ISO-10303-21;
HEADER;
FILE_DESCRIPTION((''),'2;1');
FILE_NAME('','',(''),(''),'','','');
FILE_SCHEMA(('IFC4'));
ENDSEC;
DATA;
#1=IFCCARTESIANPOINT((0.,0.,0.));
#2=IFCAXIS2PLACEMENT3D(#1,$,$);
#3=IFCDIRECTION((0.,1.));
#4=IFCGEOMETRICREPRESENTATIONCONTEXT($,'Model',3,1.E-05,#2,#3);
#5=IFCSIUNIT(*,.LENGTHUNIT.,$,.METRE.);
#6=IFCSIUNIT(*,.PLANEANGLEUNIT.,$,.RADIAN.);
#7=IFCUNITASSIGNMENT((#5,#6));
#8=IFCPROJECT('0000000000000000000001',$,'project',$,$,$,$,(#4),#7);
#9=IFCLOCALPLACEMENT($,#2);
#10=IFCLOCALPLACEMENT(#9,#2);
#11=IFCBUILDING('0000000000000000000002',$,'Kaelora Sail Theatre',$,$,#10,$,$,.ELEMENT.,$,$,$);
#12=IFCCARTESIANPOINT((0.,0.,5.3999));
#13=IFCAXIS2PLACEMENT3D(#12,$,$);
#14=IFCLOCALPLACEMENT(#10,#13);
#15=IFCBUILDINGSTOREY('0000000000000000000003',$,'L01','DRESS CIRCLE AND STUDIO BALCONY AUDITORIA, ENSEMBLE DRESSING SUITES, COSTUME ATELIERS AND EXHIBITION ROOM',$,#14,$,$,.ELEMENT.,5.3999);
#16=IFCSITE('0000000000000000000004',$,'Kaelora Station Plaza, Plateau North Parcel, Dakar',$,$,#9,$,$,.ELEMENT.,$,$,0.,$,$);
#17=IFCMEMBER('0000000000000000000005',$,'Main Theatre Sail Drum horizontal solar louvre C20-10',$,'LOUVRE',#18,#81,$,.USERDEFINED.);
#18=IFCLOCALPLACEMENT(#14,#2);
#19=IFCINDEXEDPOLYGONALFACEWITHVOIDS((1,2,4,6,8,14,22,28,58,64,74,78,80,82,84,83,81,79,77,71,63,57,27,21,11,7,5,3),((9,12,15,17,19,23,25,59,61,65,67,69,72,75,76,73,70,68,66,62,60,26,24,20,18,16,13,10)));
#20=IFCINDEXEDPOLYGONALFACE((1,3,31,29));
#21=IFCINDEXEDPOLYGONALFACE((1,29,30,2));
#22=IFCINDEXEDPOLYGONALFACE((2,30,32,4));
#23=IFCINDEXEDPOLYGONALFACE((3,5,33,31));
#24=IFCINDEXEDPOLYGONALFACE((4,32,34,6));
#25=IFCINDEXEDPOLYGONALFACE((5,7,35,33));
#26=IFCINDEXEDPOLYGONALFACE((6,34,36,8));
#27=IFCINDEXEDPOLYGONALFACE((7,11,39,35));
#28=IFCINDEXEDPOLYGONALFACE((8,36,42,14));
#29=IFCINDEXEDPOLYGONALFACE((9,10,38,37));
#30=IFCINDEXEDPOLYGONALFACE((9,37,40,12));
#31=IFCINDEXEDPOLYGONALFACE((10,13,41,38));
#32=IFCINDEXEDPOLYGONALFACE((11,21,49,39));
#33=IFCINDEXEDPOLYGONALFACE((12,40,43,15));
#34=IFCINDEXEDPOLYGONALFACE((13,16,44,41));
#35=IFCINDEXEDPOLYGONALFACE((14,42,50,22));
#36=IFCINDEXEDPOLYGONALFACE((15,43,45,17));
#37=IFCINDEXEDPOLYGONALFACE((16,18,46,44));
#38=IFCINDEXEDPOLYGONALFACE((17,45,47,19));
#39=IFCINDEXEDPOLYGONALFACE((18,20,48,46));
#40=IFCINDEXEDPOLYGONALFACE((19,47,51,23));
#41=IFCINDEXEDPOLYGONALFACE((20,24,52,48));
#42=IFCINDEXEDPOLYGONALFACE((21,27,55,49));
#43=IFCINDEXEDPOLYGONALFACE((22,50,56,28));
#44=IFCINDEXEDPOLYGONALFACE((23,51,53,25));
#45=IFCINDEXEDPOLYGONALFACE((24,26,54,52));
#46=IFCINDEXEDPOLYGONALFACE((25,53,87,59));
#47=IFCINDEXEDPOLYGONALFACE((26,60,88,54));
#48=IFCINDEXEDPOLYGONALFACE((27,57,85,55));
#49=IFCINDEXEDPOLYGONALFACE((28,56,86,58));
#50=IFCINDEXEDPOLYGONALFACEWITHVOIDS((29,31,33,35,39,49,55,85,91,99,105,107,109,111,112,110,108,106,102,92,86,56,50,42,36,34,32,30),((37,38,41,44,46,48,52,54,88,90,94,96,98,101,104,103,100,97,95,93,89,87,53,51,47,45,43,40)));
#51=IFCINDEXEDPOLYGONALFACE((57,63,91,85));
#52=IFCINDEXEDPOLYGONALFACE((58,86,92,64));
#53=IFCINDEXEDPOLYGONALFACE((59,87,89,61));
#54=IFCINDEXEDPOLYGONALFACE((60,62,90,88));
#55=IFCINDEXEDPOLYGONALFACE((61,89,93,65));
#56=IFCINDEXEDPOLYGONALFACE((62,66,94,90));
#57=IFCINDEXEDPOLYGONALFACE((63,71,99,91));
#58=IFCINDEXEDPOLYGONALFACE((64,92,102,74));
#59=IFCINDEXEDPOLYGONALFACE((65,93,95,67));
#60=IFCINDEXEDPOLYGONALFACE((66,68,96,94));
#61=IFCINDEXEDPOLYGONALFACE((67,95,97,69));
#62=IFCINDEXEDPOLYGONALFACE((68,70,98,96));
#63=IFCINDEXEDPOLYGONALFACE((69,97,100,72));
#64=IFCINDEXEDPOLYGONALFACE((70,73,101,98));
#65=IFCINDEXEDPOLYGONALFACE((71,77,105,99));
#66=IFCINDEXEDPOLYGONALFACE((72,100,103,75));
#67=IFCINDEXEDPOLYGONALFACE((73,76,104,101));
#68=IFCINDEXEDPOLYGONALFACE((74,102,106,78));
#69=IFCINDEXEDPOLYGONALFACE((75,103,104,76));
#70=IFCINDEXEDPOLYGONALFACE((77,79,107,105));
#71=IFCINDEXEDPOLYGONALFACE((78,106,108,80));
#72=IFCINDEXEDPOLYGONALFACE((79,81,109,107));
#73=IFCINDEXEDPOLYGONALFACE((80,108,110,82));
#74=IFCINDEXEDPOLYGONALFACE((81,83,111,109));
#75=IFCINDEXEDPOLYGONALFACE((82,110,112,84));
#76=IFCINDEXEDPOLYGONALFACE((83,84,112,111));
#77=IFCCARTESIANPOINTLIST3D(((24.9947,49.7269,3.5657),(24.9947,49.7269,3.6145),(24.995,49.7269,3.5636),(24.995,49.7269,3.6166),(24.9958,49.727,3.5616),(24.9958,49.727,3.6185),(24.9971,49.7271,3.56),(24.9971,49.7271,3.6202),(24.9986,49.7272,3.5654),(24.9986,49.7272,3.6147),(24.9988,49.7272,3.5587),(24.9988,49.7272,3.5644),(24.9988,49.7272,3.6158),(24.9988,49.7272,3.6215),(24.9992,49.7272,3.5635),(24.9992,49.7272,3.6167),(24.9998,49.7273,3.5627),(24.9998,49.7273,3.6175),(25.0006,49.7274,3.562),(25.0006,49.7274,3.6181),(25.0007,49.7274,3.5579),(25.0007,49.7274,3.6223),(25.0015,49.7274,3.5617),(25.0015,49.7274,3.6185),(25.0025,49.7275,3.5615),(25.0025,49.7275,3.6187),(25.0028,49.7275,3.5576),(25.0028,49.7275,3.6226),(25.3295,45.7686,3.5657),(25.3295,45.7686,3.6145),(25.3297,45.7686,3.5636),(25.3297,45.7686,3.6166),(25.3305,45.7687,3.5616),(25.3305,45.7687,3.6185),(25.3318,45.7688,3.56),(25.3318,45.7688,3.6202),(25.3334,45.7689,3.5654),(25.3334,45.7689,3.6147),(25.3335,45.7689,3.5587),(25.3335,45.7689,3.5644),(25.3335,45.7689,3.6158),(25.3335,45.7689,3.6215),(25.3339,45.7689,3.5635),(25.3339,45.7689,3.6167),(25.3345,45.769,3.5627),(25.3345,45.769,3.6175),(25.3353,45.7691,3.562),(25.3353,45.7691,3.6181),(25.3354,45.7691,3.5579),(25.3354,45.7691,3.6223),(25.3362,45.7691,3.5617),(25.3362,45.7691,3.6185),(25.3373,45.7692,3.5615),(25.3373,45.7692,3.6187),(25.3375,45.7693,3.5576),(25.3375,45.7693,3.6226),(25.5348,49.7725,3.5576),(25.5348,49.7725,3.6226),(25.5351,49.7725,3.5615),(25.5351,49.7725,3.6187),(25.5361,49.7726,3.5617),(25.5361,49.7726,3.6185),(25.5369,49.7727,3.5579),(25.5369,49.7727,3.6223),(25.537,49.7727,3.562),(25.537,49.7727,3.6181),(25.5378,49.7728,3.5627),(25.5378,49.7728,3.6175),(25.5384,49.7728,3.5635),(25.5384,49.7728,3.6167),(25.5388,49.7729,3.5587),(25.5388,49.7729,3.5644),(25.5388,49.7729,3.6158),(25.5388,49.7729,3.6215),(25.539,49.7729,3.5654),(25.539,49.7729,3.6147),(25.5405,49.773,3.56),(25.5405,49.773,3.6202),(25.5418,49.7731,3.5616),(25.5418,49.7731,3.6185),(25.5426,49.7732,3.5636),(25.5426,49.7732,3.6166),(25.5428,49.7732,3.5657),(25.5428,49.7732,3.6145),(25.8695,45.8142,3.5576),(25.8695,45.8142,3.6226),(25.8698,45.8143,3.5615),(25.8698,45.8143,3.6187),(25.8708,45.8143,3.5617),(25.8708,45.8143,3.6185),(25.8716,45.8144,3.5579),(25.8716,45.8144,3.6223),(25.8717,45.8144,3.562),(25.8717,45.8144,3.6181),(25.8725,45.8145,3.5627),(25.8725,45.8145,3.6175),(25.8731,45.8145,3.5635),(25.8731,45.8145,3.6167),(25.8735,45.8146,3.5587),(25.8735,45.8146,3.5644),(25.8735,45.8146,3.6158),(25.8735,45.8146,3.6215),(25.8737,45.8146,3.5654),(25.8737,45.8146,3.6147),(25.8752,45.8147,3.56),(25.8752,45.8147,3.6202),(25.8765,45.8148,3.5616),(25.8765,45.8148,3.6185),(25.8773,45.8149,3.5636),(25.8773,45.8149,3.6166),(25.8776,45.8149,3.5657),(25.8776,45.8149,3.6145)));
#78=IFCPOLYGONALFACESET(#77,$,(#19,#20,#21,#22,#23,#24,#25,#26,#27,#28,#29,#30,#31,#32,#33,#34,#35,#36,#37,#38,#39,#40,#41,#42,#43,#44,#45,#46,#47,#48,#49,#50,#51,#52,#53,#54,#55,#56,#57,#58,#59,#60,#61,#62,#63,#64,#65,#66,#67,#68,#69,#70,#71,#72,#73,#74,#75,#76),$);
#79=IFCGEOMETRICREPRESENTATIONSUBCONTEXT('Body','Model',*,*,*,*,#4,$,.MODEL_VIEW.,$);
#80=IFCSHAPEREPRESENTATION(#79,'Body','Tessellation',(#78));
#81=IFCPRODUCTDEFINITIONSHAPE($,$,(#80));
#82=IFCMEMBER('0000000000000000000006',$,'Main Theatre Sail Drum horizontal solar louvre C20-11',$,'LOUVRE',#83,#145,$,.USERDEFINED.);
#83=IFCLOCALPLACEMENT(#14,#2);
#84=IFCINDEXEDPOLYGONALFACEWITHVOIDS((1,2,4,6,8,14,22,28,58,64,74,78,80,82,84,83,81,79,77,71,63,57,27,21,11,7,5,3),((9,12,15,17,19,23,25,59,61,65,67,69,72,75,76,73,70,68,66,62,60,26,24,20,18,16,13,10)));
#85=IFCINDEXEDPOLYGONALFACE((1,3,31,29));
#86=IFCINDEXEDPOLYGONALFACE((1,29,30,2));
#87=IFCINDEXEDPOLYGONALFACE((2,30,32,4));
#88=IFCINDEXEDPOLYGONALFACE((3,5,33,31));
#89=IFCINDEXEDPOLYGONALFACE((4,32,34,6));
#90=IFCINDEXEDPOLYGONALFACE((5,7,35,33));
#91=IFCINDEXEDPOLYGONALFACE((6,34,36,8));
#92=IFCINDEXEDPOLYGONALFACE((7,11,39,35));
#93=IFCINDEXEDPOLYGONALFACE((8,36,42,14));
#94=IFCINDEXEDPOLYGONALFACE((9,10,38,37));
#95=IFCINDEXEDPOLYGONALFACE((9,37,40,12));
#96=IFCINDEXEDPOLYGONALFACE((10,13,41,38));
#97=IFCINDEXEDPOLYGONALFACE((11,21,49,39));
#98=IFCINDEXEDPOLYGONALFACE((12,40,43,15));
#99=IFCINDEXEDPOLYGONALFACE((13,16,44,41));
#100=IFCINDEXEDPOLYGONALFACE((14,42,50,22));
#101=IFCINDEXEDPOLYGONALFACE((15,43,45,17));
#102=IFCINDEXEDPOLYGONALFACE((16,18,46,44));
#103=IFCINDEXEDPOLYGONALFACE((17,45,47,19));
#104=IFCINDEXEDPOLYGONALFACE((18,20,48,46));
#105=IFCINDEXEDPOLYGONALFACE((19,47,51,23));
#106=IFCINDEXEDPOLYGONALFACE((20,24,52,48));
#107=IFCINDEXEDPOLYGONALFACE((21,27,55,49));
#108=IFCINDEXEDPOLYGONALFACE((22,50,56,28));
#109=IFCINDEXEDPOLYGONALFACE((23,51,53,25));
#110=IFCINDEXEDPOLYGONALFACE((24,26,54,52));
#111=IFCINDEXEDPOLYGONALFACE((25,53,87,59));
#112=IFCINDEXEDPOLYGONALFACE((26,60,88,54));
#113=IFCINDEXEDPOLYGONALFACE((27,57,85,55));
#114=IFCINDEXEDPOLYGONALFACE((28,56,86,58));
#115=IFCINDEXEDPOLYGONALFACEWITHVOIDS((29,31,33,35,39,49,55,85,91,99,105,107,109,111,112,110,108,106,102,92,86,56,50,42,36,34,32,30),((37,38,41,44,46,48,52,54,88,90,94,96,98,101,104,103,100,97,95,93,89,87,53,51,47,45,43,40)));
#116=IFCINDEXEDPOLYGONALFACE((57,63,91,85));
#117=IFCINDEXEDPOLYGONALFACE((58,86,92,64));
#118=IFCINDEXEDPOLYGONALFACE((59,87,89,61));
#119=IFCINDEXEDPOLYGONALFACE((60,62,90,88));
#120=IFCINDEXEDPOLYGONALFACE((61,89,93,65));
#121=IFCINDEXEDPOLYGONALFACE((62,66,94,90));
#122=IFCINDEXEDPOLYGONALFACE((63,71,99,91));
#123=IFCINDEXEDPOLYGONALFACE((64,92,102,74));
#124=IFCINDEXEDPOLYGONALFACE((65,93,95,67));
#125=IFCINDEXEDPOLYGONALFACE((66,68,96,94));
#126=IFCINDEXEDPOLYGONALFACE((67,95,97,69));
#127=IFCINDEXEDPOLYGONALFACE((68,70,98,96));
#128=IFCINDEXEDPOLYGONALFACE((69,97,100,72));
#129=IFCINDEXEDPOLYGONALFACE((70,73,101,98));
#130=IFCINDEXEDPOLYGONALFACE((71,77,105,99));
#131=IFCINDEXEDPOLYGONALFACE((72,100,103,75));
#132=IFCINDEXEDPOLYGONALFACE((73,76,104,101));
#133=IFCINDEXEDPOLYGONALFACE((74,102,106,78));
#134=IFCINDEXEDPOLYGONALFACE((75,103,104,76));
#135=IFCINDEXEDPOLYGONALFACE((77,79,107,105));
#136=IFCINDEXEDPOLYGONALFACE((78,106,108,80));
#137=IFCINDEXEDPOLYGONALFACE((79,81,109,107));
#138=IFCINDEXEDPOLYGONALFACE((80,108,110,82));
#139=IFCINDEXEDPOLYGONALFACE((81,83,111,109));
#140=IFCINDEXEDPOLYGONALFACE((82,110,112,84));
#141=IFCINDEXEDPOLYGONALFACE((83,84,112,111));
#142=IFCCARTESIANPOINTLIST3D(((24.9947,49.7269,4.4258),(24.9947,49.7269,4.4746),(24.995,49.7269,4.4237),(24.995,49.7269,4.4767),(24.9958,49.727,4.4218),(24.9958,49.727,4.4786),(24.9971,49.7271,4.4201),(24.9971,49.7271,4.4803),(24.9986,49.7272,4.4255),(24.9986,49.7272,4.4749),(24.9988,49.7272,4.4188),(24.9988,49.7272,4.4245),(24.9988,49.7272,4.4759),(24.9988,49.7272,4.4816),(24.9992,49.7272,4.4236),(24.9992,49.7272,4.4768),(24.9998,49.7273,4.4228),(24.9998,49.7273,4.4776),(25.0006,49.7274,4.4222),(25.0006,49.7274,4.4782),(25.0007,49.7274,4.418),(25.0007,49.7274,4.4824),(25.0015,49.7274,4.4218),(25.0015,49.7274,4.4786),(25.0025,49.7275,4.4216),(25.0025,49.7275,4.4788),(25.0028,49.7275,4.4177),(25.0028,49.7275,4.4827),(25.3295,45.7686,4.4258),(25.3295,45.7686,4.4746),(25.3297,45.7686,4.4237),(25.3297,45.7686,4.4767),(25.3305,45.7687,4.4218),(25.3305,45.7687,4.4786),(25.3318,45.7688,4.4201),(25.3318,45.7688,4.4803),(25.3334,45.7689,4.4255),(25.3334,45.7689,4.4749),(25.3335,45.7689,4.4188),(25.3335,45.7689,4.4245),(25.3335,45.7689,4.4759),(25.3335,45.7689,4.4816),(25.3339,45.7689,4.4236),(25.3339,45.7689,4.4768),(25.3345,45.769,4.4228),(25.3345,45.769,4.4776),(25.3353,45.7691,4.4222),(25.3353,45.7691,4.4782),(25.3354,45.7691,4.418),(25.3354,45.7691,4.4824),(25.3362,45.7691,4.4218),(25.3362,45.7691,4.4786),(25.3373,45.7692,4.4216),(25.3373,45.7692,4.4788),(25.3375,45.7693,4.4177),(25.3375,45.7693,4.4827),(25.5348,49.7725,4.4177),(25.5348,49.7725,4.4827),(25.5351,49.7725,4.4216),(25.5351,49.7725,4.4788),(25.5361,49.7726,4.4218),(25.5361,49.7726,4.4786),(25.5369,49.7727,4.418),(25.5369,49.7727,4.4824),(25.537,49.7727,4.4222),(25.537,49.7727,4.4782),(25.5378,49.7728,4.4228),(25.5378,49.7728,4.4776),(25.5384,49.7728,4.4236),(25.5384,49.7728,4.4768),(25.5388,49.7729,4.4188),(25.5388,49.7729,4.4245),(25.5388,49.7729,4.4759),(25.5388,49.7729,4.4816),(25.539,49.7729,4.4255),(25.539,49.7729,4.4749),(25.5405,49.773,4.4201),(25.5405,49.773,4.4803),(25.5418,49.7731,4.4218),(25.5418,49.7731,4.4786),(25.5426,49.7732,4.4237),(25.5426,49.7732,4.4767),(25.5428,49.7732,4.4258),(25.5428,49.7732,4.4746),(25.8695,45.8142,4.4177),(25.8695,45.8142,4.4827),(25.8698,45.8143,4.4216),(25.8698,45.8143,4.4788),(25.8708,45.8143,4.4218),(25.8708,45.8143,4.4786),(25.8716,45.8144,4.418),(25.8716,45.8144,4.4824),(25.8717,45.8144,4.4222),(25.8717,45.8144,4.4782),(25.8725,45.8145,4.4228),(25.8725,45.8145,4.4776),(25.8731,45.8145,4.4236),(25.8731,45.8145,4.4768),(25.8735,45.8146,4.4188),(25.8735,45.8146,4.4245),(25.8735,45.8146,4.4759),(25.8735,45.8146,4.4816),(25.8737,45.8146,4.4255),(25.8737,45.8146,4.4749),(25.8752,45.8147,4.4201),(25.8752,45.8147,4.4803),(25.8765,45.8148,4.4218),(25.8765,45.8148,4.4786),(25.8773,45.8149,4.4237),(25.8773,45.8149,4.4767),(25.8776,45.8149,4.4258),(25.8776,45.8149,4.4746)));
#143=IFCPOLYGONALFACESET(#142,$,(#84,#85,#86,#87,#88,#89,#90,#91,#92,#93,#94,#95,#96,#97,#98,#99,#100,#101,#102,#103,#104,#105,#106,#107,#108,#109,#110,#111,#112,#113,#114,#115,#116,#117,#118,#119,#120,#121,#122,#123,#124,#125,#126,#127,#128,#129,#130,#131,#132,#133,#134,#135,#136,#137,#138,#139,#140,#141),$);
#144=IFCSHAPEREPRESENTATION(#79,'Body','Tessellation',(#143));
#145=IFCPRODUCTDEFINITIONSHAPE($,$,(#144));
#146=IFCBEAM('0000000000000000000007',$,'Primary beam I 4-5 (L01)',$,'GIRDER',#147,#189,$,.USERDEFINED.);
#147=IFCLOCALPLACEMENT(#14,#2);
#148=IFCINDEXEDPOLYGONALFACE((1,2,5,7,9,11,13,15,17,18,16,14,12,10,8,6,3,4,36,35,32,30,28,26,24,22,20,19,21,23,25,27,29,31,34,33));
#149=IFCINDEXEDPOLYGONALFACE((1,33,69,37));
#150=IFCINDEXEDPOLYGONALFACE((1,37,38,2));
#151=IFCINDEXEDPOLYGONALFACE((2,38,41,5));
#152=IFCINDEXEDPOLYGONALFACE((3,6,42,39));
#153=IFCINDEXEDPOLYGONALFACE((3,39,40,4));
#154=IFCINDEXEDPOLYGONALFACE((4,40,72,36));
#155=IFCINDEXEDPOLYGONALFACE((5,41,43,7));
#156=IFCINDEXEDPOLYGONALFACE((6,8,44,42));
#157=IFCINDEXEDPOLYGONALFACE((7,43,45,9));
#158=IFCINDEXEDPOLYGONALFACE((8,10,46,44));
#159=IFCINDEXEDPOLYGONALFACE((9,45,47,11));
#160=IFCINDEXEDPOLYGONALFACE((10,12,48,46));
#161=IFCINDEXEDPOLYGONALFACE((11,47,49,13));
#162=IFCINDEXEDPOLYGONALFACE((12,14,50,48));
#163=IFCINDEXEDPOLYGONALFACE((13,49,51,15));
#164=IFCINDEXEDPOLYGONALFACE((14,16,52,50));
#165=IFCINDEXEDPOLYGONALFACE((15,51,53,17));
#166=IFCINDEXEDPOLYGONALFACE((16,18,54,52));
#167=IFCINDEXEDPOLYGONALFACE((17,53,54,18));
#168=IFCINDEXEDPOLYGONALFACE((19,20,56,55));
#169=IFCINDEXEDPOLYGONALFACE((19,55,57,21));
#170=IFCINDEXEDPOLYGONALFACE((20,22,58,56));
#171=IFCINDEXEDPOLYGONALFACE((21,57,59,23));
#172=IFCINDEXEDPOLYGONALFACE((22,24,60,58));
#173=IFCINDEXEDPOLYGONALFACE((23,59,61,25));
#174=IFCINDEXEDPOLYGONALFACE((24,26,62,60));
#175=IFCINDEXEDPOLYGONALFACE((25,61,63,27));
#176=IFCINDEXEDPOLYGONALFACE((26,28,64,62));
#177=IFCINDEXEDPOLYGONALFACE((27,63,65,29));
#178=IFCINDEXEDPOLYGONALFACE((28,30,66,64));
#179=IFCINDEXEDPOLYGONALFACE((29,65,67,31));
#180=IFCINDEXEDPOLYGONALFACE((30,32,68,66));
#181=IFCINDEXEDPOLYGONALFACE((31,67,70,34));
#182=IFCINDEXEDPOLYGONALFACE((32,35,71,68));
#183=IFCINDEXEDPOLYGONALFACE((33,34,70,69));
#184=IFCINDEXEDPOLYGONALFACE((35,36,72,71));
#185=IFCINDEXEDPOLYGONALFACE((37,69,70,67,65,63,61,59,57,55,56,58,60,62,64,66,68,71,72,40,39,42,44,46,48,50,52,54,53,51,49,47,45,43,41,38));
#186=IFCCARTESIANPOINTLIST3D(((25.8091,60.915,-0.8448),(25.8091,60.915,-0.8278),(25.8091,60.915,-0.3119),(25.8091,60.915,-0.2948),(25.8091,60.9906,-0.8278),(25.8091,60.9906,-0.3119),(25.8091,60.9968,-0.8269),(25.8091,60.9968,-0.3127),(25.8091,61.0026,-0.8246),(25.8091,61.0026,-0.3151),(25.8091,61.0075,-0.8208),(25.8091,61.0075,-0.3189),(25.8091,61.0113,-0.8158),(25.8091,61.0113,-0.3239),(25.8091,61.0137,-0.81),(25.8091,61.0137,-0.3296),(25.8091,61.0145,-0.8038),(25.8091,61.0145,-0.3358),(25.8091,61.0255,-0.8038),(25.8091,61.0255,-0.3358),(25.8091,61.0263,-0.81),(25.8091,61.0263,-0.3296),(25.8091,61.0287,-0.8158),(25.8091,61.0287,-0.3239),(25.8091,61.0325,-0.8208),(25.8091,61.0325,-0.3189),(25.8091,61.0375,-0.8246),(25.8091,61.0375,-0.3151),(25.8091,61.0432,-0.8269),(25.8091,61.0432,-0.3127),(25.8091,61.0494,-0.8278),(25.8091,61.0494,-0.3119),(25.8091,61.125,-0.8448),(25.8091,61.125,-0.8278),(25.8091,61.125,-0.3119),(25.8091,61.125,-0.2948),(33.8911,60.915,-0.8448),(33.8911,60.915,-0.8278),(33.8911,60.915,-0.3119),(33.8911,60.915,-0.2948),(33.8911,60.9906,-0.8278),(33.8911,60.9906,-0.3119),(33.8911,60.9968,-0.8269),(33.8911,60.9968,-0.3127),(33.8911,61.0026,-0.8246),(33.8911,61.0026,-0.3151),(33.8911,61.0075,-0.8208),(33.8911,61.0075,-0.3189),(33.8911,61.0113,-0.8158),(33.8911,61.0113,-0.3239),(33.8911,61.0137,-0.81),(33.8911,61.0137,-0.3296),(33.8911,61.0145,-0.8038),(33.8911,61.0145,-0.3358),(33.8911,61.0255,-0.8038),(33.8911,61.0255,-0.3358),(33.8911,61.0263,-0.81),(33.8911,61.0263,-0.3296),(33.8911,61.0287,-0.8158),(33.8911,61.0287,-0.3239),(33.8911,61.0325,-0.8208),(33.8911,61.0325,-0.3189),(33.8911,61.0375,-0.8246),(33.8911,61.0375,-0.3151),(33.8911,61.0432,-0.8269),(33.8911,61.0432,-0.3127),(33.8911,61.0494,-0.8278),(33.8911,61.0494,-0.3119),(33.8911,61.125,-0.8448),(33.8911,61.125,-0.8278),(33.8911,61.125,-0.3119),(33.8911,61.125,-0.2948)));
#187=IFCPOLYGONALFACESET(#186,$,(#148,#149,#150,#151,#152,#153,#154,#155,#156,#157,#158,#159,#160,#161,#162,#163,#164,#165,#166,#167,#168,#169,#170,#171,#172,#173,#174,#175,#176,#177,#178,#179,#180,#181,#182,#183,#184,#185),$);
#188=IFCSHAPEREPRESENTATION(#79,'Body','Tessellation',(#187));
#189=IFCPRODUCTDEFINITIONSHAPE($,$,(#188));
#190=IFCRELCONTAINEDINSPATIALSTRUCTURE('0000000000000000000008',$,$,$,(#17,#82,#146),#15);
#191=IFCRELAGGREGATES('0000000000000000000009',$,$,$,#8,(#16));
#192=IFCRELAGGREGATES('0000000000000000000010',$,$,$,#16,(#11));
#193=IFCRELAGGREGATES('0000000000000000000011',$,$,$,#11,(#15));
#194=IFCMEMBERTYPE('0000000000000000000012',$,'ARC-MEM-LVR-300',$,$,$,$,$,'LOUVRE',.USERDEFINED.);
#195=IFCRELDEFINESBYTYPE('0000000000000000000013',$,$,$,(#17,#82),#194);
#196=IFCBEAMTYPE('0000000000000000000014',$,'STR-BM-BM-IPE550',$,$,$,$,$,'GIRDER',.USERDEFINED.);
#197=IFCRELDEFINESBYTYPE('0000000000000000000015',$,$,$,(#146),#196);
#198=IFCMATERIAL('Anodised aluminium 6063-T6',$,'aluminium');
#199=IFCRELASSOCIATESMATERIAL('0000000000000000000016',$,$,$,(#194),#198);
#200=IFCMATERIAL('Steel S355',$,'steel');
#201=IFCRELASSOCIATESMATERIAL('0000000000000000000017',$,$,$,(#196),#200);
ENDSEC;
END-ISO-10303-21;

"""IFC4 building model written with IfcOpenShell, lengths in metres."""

from ifc_helpers import new_model, si_unit, direction, frame, origin, origin_2d, place, context, subcontext, project, spatial, hollow_rectangle, i_section, extrude, material, material_profile, profile_set, type_object, element, save


model = new_model("IFC4")

# Units and contexts
model_context = context("Model", 3, precision=1e-05, world=origin(), true_north=direction((0.0, 1.0)))
body_context = subcontext(model_context, "Body", "Model", "MODEL_VIEW")
ifc_project = project(units=[si_unit("LENGTHUNIT", "METRE"), si_unit("PLANEANGLEUNIT", "RADIAN")], contexts=[model_context])

# Site, building, storey
site_placement = place(None, origin())
site = spatial("IfcSite", under=ifc_project, at=site_placement, Name="Kaelora Station Plaza, Plateau North Parcel, Dakar", CompositionType="ELEMENT", RefElevation=0.0)
building_placement = place(site_placement, origin())
building = spatial("IfcBuilding", under=site, at=building_placement, Name="Kaelora Sail Theatre", CompositionType="ELEMENT")
storey_placement = place(building_placement, frame((0.0, 0.0, 5.3999)))
storey = spatial("IfcBuildingStorey", under=building, at=storey_placement, Name="L01", Description="DRESS CIRCLE AND STUDIO BALCONY AUDITORIA, ENSEMBLE DRESSING SUITES, COSTUME ATELIERS AND EXHIBITION ROOM", CompositionType="ELEMENT", Elevation=5.3999)

# Members
ifc_material_1 = material(Name="Anodised aluminium 6063-T6", Category="aluminium")
ifc_material_profile_1 = material_profile(ifc_material_1, hollow_rectangle(XDim=0.55, YDim=0.0649, WallThickness=0.0039, InnerFilletRadius=0.0039, OuterFilletRadius=0.0081, at=origin_2d()), Name="LOUVRE 550x65x4")
ifc_profile_set_1 = profile_set([ifc_material_profile_1], Name="Anodised aluminium 6063-T6")
member_type = type_object("IfcMemberType", Name="ARC-MEM-LVR-300", ElementType="LOUVRE", PredefinedType="USERDEFINED", material=ifc_profile_set_1)
for number, where, z_axis, x_axis, name in (
    (1, (25.6035, 45.7917, 3.5901), (-0.084261, 0.996444, 0.0), (-0.996444, -0.084261, 0.0), "Main Theatre Sail Drum horizontal solar louvre C20-10"),
    (2, (25.6035, 45.7917, 4.4502), (-0.084261, 0.996444, 0.0), (-0.996444, -0.084261, 0.0), "Main Theatre Sail Drum horizontal solar louvre C20-11"),
):
    element("IfcMember", number, at=place(storey_placement, frame(where, z_axis=z_axis, x_axis=x_axis)), inside=storey, type_object=member_type, Name=name, ObjectType="LOUVRE", PredefinedType="USERDEFINED", context=body_context, shape_type="SweptSolid", body=[
        extrude(hollow_rectangle(XDim=0.55, YDim=0.0649, WallThickness=0.0039, InnerFilletRadius=0.0039, OuterFilletRadius=0.0081, at=origin_2d()), origin(), (0.0, 0.0, 1.0), 3.9724),
    ])

# Beam
ifc_material_2 = material(Name="Steel S355", Category="steel")
ifc_material_profile_2 = material_profile(ifc_material_2, i_section(OverallWidth=0.21, OverallDepth=0.55, WebThickness=0.011, FlangeThickness=0.0171, FilletRadius=0.0239, at=origin_2d()), Name="IPE 550")
ifc_profile_set_2 = profile_set([ifc_material_profile_2], Name="Steel S355")
beam_type_1 = type_object("IfcBeamType", Name="STR-BM-BM-IPE550", ElementType="GIRDER", PredefinedType="USERDEFINED", material=ifc_profile_set_2)
for number, where, z_axis, x_axis, name in (
    (3, (25.8091, 61.02, -0.5698), (1.0, 0.0, 0.0), (0.0, 1.0, 0.0), "Primary beam I 4-5 (L01)"),
):
    element("IfcBeam", number, at=place(storey_placement, frame(where, z_axis=z_axis, x_axis=x_axis)), inside=storey, type_object=beam_type_1, Name=name, ObjectType="GIRDER", PredefinedType="USERDEFINED", context=body_context, shape_type="SweptSolid", body=[
        extrude(i_section(OverallWidth=0.21, OverallDepth=0.55, WebThickness=0.011, FlangeThickness=0.0171, FilletRadius=0.0239, at=origin_2d()), origin(), (0.0, 0.0, 1.0), 8.082),
    ])

save(model, "model.ifc")
